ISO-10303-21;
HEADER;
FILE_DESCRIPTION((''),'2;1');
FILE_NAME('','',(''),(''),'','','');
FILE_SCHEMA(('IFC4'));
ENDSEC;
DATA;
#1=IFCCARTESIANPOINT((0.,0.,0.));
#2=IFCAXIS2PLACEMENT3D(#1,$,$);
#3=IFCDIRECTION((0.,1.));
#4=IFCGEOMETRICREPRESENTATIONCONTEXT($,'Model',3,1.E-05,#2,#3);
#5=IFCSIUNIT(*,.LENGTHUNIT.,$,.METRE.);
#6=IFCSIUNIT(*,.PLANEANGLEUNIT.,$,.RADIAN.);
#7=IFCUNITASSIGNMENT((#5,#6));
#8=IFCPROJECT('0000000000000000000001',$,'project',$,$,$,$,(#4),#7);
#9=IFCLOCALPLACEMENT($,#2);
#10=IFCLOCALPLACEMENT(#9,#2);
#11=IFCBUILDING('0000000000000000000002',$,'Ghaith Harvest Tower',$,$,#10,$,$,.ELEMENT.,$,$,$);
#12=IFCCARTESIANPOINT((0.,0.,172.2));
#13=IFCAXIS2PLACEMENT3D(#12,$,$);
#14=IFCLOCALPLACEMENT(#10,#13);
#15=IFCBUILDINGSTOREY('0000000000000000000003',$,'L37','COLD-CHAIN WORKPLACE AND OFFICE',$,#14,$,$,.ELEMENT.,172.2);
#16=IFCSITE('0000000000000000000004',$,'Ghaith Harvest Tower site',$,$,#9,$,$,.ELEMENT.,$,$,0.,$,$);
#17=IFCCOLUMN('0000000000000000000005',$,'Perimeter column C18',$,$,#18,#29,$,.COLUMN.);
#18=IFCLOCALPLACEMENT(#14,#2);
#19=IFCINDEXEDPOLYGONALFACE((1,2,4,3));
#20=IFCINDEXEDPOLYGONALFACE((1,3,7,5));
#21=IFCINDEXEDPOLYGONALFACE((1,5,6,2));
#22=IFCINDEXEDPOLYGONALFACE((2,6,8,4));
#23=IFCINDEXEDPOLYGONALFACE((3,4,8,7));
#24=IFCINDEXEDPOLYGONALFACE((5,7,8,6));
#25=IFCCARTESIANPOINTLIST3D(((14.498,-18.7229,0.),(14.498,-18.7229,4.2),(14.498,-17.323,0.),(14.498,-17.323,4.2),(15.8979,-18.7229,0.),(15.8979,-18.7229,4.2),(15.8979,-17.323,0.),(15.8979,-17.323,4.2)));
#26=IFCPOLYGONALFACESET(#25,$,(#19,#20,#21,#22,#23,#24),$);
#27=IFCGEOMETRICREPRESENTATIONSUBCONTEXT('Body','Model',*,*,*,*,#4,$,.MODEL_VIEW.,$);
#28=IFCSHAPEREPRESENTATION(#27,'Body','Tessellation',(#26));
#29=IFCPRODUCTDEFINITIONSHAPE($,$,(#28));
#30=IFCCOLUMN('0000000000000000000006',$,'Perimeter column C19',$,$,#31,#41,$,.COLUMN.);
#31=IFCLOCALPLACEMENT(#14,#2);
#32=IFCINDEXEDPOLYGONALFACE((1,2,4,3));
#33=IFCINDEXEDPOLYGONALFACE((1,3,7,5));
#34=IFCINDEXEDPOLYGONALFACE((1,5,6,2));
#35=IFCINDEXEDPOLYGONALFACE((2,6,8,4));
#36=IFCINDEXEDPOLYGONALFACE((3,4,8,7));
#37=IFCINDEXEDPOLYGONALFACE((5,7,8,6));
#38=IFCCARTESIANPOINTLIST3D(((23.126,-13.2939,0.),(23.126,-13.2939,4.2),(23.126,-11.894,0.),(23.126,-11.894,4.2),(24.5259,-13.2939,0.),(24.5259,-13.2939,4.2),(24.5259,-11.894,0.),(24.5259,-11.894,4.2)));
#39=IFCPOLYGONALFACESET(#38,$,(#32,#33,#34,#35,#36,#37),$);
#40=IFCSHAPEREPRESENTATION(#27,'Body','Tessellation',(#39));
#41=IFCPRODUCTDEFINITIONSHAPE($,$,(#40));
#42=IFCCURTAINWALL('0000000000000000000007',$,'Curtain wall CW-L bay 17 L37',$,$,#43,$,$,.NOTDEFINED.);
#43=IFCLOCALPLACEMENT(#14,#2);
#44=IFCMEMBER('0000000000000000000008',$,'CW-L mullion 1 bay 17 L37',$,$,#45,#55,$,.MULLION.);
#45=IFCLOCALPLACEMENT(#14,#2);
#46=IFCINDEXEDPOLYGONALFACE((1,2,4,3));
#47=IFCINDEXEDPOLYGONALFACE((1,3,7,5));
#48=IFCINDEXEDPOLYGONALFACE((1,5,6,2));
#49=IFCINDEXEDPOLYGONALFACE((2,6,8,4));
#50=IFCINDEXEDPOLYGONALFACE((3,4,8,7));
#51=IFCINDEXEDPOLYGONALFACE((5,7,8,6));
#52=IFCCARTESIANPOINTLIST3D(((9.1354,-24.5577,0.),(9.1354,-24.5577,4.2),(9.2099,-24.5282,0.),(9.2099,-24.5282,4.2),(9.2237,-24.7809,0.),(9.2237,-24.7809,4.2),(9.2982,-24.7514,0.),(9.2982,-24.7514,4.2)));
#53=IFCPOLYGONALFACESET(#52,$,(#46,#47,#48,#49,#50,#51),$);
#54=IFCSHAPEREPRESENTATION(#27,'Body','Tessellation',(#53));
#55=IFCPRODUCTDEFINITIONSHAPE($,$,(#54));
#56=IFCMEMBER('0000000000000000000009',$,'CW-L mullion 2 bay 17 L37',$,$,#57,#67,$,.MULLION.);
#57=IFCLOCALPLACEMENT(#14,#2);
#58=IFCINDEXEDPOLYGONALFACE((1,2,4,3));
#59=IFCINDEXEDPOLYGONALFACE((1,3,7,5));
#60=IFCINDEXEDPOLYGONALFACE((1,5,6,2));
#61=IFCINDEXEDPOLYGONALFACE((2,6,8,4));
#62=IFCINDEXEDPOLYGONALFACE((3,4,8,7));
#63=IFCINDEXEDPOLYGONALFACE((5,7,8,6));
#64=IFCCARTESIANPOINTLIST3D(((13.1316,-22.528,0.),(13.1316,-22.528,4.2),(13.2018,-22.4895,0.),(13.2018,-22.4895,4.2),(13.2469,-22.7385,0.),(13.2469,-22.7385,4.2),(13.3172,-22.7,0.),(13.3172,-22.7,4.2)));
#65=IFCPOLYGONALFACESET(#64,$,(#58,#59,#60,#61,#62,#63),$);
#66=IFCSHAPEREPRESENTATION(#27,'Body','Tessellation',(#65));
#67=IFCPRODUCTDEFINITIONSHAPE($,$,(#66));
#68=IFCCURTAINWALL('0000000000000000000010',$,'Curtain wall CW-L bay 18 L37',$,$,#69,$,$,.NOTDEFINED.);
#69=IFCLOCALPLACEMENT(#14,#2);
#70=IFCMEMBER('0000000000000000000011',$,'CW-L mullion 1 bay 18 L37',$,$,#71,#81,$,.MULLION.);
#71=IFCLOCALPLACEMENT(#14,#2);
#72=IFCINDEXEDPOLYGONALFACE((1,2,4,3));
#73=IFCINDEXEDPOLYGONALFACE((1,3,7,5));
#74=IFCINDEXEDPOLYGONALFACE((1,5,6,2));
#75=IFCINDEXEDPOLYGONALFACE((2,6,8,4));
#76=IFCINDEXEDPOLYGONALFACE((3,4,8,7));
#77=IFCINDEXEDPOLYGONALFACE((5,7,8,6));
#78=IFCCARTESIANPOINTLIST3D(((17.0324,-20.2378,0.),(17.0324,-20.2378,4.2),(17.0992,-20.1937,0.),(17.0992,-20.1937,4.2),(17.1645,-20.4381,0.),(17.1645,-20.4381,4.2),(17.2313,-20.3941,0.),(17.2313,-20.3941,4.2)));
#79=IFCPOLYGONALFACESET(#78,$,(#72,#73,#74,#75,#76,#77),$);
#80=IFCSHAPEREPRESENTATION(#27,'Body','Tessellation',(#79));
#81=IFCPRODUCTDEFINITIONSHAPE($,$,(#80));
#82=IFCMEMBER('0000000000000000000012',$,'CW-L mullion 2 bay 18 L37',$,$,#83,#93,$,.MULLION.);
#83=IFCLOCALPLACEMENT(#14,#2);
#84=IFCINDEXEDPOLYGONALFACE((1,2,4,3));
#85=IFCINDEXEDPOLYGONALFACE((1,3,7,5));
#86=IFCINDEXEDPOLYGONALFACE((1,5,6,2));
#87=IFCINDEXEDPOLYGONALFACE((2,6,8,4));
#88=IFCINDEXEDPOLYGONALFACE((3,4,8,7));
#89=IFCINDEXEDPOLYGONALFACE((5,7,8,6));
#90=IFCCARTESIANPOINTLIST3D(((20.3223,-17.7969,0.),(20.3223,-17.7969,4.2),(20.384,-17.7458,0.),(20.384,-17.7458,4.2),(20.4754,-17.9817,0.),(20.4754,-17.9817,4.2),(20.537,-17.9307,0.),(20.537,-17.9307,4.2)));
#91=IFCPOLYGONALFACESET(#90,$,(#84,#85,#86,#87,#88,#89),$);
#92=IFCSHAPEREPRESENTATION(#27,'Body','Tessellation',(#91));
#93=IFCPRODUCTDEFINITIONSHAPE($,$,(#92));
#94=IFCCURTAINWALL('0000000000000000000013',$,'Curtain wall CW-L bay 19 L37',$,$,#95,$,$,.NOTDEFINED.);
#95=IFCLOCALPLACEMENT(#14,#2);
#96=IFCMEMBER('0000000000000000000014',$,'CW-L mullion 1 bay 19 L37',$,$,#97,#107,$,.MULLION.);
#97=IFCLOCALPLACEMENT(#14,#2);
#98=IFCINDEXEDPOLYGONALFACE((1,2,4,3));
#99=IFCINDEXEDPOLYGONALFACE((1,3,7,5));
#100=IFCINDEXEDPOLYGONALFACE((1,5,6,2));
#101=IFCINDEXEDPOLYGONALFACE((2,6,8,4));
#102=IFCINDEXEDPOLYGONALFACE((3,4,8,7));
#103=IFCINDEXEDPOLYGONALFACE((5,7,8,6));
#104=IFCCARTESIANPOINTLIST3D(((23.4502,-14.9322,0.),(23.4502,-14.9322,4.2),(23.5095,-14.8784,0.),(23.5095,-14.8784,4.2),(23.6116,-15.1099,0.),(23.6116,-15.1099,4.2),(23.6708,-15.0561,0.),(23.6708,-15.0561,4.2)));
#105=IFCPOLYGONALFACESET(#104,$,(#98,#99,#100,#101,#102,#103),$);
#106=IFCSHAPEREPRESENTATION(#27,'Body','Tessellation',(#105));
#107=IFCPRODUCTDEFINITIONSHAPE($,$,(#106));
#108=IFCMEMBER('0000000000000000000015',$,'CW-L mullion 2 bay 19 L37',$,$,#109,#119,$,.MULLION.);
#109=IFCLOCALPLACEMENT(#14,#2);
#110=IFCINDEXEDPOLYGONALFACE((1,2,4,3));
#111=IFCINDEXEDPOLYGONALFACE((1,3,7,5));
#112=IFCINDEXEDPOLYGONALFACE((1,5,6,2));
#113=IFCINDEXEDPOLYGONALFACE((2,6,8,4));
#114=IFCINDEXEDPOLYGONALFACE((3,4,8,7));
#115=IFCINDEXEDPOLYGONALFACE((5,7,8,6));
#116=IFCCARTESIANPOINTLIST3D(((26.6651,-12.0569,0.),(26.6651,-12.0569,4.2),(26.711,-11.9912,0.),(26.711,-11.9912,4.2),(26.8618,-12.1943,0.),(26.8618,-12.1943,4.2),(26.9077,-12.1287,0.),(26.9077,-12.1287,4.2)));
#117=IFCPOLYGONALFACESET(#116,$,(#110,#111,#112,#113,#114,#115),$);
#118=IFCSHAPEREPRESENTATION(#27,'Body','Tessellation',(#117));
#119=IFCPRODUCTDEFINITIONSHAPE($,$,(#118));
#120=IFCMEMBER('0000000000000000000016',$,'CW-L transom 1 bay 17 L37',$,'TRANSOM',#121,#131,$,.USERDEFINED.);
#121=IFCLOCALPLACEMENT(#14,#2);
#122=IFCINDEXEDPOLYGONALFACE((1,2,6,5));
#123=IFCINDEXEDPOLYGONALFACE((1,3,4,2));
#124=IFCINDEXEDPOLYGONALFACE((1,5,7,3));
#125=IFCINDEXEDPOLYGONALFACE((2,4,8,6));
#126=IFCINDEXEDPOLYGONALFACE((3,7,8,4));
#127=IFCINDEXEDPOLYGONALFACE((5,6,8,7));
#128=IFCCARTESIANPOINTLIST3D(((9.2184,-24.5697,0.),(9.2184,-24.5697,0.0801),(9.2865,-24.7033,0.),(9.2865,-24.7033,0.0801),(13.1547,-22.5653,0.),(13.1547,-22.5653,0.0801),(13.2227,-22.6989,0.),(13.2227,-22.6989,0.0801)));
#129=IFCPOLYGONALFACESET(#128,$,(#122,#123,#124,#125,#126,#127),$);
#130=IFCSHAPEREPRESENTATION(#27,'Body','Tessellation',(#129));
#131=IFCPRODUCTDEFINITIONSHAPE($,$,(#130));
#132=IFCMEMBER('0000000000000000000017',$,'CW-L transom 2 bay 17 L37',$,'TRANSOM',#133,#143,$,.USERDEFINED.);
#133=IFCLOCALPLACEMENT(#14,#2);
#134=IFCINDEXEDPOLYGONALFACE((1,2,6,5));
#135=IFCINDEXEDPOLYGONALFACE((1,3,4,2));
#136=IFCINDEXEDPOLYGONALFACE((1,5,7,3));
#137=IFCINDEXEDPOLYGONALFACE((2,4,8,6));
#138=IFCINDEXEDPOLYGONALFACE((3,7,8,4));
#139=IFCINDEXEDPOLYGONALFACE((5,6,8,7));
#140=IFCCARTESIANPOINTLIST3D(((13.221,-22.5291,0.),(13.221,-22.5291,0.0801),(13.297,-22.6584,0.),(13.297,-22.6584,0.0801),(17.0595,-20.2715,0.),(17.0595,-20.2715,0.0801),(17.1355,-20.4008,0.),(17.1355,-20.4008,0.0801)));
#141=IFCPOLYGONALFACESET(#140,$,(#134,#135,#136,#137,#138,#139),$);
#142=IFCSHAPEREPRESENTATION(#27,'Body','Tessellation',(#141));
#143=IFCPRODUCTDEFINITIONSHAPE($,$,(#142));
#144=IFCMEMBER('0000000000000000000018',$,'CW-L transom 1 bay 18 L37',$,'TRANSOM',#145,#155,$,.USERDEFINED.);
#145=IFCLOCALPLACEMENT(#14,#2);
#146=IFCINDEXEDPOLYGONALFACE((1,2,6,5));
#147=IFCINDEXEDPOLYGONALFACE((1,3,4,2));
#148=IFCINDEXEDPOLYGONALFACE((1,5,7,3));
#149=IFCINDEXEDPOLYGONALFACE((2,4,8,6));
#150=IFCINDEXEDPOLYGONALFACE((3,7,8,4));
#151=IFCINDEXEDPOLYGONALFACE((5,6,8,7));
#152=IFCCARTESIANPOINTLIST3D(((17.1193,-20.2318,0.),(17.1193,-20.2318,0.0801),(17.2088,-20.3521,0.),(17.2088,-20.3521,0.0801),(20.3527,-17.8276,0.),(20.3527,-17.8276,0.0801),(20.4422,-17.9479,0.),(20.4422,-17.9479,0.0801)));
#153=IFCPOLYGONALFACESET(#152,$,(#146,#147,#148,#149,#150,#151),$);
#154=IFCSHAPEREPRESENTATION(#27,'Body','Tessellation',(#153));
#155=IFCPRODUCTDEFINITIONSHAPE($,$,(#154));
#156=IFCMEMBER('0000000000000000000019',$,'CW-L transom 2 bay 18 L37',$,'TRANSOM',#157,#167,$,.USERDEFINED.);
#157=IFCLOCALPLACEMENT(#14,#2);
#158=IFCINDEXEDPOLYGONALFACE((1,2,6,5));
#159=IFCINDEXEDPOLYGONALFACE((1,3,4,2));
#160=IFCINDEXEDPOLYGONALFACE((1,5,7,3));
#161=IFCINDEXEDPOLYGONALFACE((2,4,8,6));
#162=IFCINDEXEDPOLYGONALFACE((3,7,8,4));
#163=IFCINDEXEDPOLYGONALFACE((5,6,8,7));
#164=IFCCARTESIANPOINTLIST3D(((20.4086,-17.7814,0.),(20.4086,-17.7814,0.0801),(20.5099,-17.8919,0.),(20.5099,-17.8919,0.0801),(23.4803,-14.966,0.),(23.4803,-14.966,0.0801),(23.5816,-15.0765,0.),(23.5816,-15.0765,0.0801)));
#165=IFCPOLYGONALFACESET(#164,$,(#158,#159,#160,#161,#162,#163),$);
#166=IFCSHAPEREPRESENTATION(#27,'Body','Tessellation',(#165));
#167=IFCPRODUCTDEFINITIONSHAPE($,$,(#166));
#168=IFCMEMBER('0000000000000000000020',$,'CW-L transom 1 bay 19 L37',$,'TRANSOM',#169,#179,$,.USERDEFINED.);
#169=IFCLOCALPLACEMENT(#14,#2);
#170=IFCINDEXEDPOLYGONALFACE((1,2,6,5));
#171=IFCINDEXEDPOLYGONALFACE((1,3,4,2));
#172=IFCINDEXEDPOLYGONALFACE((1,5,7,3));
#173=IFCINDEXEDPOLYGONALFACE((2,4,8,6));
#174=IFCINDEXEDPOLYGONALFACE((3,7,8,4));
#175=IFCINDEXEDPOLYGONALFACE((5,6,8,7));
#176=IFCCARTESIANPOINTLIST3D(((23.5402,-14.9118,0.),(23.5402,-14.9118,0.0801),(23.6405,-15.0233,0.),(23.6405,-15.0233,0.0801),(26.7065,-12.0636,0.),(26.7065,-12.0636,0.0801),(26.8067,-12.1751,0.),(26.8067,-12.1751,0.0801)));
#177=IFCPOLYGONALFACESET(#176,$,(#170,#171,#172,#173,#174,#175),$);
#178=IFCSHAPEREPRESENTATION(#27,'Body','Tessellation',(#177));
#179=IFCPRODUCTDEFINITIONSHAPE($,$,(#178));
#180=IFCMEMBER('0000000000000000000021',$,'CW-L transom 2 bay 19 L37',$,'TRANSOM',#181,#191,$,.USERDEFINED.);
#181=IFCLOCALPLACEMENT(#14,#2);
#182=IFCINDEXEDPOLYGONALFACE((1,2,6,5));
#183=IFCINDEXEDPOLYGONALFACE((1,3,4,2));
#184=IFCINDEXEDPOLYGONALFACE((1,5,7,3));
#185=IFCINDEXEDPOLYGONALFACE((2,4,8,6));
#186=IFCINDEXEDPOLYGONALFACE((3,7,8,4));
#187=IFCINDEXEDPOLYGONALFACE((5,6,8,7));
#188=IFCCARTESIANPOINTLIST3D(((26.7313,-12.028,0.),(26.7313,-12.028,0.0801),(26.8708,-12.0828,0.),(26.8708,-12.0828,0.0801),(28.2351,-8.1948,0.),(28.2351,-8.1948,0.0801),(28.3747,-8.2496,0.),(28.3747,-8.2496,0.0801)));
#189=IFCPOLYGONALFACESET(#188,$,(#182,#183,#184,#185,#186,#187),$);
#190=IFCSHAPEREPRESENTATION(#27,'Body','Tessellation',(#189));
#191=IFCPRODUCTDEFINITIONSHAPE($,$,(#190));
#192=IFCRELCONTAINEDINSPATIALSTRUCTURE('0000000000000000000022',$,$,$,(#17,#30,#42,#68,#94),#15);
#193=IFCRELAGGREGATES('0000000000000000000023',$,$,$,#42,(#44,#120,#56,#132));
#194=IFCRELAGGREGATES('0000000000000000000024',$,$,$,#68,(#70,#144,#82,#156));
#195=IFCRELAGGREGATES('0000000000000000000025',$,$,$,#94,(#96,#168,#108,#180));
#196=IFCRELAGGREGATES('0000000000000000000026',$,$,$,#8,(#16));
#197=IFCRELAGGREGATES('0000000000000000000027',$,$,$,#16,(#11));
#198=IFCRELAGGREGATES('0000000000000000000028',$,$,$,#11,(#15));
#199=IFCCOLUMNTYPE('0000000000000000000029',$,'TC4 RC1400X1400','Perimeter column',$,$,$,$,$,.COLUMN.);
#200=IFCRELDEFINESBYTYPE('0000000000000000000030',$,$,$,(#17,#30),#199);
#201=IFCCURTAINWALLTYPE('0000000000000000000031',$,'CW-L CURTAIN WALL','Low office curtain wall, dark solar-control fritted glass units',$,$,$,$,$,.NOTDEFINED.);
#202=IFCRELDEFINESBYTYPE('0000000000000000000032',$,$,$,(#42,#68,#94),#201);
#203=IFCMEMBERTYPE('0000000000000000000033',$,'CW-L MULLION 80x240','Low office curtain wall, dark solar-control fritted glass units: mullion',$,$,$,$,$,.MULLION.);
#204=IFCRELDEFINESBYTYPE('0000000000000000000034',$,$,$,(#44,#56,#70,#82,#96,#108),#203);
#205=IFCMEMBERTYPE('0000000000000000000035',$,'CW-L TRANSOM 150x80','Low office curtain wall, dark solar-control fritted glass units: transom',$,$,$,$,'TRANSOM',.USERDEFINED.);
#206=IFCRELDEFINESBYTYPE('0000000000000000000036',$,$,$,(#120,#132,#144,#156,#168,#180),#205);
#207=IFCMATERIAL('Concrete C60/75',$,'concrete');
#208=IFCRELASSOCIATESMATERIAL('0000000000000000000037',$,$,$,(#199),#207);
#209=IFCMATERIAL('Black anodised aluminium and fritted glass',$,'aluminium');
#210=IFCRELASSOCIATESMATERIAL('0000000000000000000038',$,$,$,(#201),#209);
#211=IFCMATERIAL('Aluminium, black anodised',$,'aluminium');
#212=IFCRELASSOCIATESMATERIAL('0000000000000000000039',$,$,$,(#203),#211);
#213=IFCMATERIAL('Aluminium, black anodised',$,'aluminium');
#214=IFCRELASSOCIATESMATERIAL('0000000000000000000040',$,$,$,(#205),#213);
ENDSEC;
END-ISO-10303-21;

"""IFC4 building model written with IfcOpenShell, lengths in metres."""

from ifc_helpers import new_model, si_unit, direction, frame, origin, origin_2d, place, context, subcontext, project, spatial, rectangle, extrude, material, material_profile, profile_set, type_object, element, aggregate, save


model = new_model("IFC4")

# Units and contexts
model_context = context("Model", 3, precision=1e-05, world=origin(), true_north=direction((0.0, 1.0)))
body_context = subcontext(model_context, "Body", "Model", "MODEL_VIEW")
ifc_project = project(units=[si_unit("LENGTHUNIT", "METRE"), si_unit("PLANEANGLEUNIT", "RADIAN")], contexts=[model_context])

# Site, building, storey
site_placement = place(None, origin())
site = spatial("IfcSite", under=ifc_project, at=site_placement, Name="Ghaith Harvest Tower site", CompositionType="ELEMENT", RefElevation=0.0)
building_placement = place(site_placement, origin())
building = spatial("IfcBuilding", under=site, at=building_placement, Name="Ghaith Harvest Tower", CompositionType="ELEMENT")
storey_placement = place(building_placement, frame((0.0, 0.0, 172.2)))
storey = spatial("IfcBuildingStorey", under=building, at=storey_placement, Name="L37", Description="COLD-CHAIN WORKPLACE AND OFFICE", CompositionType="ELEMENT", Elevation=172.2)

# Columns
ifc_material_1 = material(Name="Concrete C60/75", Category="concrete")
ifc_material_profile_1 = material_profile(ifc_material_1, rectangle(XDim=1.3999, YDim=1.3999, at=origin_2d()), Name="RC1400X1400")
ifc_profile_set_1 = profile_set([ifc_material_profile_1], Name="Concrete C60/75")
column_type = type_object("IfcColumnType", Name="TC4 RC1400X1400", Description="Perimeter column", PredefinedType="COLUMN", material=ifc_profile_set_1)
for number, where, z_axis, x_axis, name in (
    (1, (15.198, -18.0229, 0.0), (0.0, 0.0, 1.0), (1.0, 0.0, 0.0), "Perimeter column C18"),
    (2, (23.8259, -12.594, 0.0), (0.0, 0.0, 1.0), (1.0, 0.0, 0.0), "Perimeter column C19"),
):
    element("IfcColumn", number, at=place(storey_placement, frame(where, z_axis=z_axis, x_axis=x_axis)), inside=storey, type_object=column_type, Name=name, PredefinedType="COLUMN", context=body_context, shape_type="SweptSolid", body=[
        extrude(rectangle(XDim=1.3999, YDim=1.3999, at=origin_2d()), origin(), (0.0, 0.0, 1.0), 4.2),
    ])

# Curtain walls, members
ifc_material_2 = material(Name="Black anodised aluminium and fritted glass", Category="aluminium")
curtain_wall_type = type_object("IfcCurtainWallType", Name="CW-L CURTAIN WALL", Description="Low office curtain wall, dark solar-control fritted glass units", PredefinedType="NOTDEFINED", material=ifc_material_2)
curtain_wall_1_placement = place(storey_placement, origin())
curtain_wall_1 = element("IfcCurtainWall", 3, at=curtain_wall_1_placement, inside=storey, type_object=curtain_wall_type, Name="Curtain wall CW-L bay 17 L37", PredefinedType="NOTDEFINED")
ifc_material_3 = material(Name="Aluminium, black anodised", Category="aluminium")
ifc_material_profile_2 = material_profile(ifc_material_3, rectangle(XDim=0.0801, YDim=0.24, at=origin_2d()), Name="CW-L MULLION 80x240")
ifc_profile_set_2 = profile_set([ifc_material_profile_2], Name="Aluminium, black anodised")
member_type_1 = type_object("IfcMemberType", Name="CW-L MULLION 80x240", Description="Low office curtain wall, dark solar-control fritted glass units: mullion", PredefinedType="MULLION", material=ifc_profile_set_2)
member_1_placement = place(storey_placement, frame((9.2168, -24.6545, 0.0), z_axis=(0.0, 0.0, 1.0), x_axis=(0.929832, 0.367985, 0.0)))
member_1 = element("IfcMember", 4, at=member_1_placement, type_object=member_type_1, Name="CW-L mullion 1 bay 17 L37", PredefinedType="MULLION", context=body_context, shape_type="SweptSolid", body=[
    extrude(rectangle(XDim=0.0801, YDim=0.24, at=origin_2d()), origin(), (0.0, 0.0, 1.0), 4.2),
])
member_2_placement = place(storey_placement, frame((13.2244, -22.614, 0.0), z_axis=(0.0, 0.0, 1.0), x_axis=(0.876899, 0.480675, 0.0)))
member_2 = element("IfcMember", 5, at=member_2_placement, type_object=member_type_1, Name="CW-L mullion 2 bay 17 L37", PredefinedType="MULLION", context=body_context, shape_type="SweptSolid", body=[
    extrude(rectangle(XDim=0.0801, YDim=0.24, at=origin_2d()), origin(), (0.0, 0.0, 1.0), 4.2),
])
curtain_wall_2_placement = place(storey_placement, origin())
curtain_wall_2 = element("IfcCurtainWall", 6, at=curtain_wall_2_placement, inside=storey, type_object=curtain_wall_type, Name="Curtain wall CW-L bay 18 L37", PredefinedType="NOTDEFINED")
member_3_placement = place(storey_placement, frame((17.1318, -20.3159, 0.0), z_axis=(0.0, 0.0, 1.0), x_axis=(0.834887, 0.550421, 0.0)))
member_3 = element("IfcMember", 7, at=member_3_placement, type_object=member_type_1, Name="CW-L mullion 1 bay 18 L37", PredefinedType="MULLION", context=body_context, shape_type="SweptSolid", body=[
    extrude(rectangle(XDim=0.0801, YDim=0.24, at=origin_2d()), origin(), (0.0, 0.0, 1.0), 4.2),
])
member_4_placement = place(storey_placement, frame((20.4297, -17.8638, 0.0), z_axis=(0.0, 0.0, 1.0), x_axis=(0.770306, 0.637674, 0.0)))
member_4 = element("IfcMember", 8, at=member_4_placement, type_object=member_type_1, Name="CW-L mullion 2 bay 18 L37", PredefinedType="MULLION", context=body_context, shape_type="SweptSolid", body=[
    extrude(rectangle(XDim=0.0801, YDim=0.24, at=origin_2d()), origin(), (0.0, 0.0, 1.0), 4.2),
])
curtain_wall_3_placement = place(storey_placement, origin())
curtain_wall_3 = element("IfcCurtainWall", 9, at=curtain_wall_3_placement, inside=storey, type_object=curtain_wall_type, Name="Curtain wall CW-L bay 19 L37", PredefinedType="NOTDEFINED")
member_5_placement = place(storey_placement, frame((23.5605, -14.9941, 0.0), z_axis=(0.0, 0.0, 1.0), x_axis=(0.740389, 0.672179, 0.0)))
member_5 = element("IfcMember", 10, at=member_5_placement, type_object=member_type_1, Name="CW-L mullion 1 bay 19 L37", PredefinedType="MULLION", context=body_context, shape_type="SweptSolid", body=[
    extrude(rectangle(XDim=0.0801, YDim=0.24, at=origin_2d()), origin(), (0.0, 0.0, 1.0), 4.2),
])
member_6_placement = place(storey_placement, frame((26.7864, -12.0928, 0.0), z_axis=(0.0, 0.0, 1.0), x_axis=(0.572853, 0.819658, 0.0)))
member_6 = element("IfcMember", 11, at=member_6_placement, type_object=member_type_1, Name="CW-L mullion 2 bay 19 L37", PredefinedType="MULLION", context=body_context, shape_type="SweptSolid", body=[
    extrude(rectangle(XDim=0.0801, YDim=0.24, at=origin_2d()), origin(), (0.0, 0.0, 1.0), 4.2),
])

# Members
ifc_material_4 = material(Name="Aluminium, black anodised", Category="aluminium")
ifc_material_profile_3 = material_profile(ifc_material_4, rectangle(XDim=0.1499, YDim=0.0801, at=origin_2d()), Name="CW-L TRANSOM 150x80")
ifc_profile_set_3 = profile_set([ifc_material_profile_3], Name="Aluminium, black anodised")
member_type_2 = type_object("IfcMemberType", Name="CW-L TRANSOM 150x80", Description="Low office curtain wall, dark solar-control fritted glass units: transom", ElementType="TRANSOM", PredefinedType="USERDEFINED", material=ifc_profile_set_3)
member_7_placement = place(storey_placement, frame((9.2524, -24.6365, 0.04), z_axis=(0.89112, 0.453768, 0.0), x_axis=(-0.453768, 0.89112, 0.0)))
member_7 = element("IfcMember", 12, at=member_7_placement, type_object=member_type_2, Name="CW-L transom 1 bay 17 L37", ObjectType="TRANSOM", PredefinedType="USERDEFINED", context=body_context, shape_type="SweptSolid", body=[
    extrude(rectangle(XDim=0.1499, YDim=0.0801, at=origin_2d()), origin(), (0.0, 0.0, 1.0), 4.4172),
])
member_8_placement = place(storey_placement, frame((13.259, -22.5938, 0.04), z_axis=(0.861964, 0.50697, 0.0), x_axis=(-0.50697, 0.861964, 0.0)))
member_8 = element("IfcMember", 13, at=member_8_placement, type_object=member_type_2, Name="CW-L transom 2 bay 17 L37", ObjectType="TRANSOM", PredefinedType="USERDEFINED", context=body_context, shape_type="SweptSolid", body=[
    extrude(rectangle(XDim=0.1499, YDim=0.0801, at=origin_2d()), origin(), (0.0, 0.0, 1.0), 4.4531),
])
member_9_placement = place(storey_placement, frame((17.1641, -20.292, 0.04), z_axis=(0.802465, 0.596699, 0.0), x_axis=(-0.596699, 0.802465, 0.0)))
member_9 = element("IfcMember", 14, at=member_9_placement, type_object=member_type_2, Name="CW-L transom 1 bay 18 L37", ObjectType="TRANSOM", PredefinedType="USERDEFINED", context=body_context, shape_type="SweptSolid", body=[
    extrude(rectangle(XDim=0.1499, YDim=0.0801, at=origin_2d()), origin(), (0.0, 0.0, 1.0), 4.0293),
])
member_10_placement = place(storey_placement, frame((20.4592, -17.8367, 0.04), z_axis=(0.737198, 0.675677, 0.0), x_axis=(-0.675677, 0.737198, 0.0)))
member_10 = element("IfcMember", 15, at=member_10_placement, type_object=member_type_2, Name="CW-L transom 2 bay 18 L37", ObjectType="TRANSOM", PredefinedType="USERDEFINED", context=body_context, shape_type="SweptSolid", body=[
    extrude(rectangle(XDim=0.1499, YDim=0.0801, at=origin_2d()), origin(), (0.0, 0.0, 1.0), 4.1667),
])
member_11_placement = place(storey_placement, frame((23.5903, -14.9675, 0.04), z_axis=(0.743468, 0.668772, 0.0), x_axis=(-0.668772, 0.743468, 0.0)))
member_11 = element("IfcMember", 16, at=member_11_placement, type_object=member_type_2, Name="CW-L transom 1 bay 19 L37", ObjectType="TRANSOM", PredefinedType="USERDEFINED", context=body_context, shape_type="SweptSolid", body=[
    extrude(rectangle(XDim=0.1499, YDim=0.0801, at=origin_2d()), origin(), (0.0, 0.0, 1.0), 4.2588),
])
member_12_placement = place(storey_placement, frame((26.801, -12.0554, 0.04), z_axis=(0.365229, 0.930918, 0.0), x_axis=(-0.930918, 0.365229, 0.0)))
member_12 = element("IfcMember", 17, at=member_12_placement, type_object=member_type_2, Name="CW-L transom 2 bay 19 L37", ObjectType="TRANSOM", PredefinedType="USERDEFINED", context=body_context, shape_type="SweptSolid", body=[
    extrude(rectangle(XDim=0.1499, YDim=0.0801, at=origin_2d()), origin(), (0.0, 0.0, 1.0), 4.1177),
])

aggregate(curtain_wall_1, [member_1, member_7, member_2, member_8])
aggregate(curtain_wall_2, [member_3, member_9, member_4, member_10])
aggregate(curtain_wall_3, [member_5, member_11, member_6, member_12])

save(model, "model.ifc")
